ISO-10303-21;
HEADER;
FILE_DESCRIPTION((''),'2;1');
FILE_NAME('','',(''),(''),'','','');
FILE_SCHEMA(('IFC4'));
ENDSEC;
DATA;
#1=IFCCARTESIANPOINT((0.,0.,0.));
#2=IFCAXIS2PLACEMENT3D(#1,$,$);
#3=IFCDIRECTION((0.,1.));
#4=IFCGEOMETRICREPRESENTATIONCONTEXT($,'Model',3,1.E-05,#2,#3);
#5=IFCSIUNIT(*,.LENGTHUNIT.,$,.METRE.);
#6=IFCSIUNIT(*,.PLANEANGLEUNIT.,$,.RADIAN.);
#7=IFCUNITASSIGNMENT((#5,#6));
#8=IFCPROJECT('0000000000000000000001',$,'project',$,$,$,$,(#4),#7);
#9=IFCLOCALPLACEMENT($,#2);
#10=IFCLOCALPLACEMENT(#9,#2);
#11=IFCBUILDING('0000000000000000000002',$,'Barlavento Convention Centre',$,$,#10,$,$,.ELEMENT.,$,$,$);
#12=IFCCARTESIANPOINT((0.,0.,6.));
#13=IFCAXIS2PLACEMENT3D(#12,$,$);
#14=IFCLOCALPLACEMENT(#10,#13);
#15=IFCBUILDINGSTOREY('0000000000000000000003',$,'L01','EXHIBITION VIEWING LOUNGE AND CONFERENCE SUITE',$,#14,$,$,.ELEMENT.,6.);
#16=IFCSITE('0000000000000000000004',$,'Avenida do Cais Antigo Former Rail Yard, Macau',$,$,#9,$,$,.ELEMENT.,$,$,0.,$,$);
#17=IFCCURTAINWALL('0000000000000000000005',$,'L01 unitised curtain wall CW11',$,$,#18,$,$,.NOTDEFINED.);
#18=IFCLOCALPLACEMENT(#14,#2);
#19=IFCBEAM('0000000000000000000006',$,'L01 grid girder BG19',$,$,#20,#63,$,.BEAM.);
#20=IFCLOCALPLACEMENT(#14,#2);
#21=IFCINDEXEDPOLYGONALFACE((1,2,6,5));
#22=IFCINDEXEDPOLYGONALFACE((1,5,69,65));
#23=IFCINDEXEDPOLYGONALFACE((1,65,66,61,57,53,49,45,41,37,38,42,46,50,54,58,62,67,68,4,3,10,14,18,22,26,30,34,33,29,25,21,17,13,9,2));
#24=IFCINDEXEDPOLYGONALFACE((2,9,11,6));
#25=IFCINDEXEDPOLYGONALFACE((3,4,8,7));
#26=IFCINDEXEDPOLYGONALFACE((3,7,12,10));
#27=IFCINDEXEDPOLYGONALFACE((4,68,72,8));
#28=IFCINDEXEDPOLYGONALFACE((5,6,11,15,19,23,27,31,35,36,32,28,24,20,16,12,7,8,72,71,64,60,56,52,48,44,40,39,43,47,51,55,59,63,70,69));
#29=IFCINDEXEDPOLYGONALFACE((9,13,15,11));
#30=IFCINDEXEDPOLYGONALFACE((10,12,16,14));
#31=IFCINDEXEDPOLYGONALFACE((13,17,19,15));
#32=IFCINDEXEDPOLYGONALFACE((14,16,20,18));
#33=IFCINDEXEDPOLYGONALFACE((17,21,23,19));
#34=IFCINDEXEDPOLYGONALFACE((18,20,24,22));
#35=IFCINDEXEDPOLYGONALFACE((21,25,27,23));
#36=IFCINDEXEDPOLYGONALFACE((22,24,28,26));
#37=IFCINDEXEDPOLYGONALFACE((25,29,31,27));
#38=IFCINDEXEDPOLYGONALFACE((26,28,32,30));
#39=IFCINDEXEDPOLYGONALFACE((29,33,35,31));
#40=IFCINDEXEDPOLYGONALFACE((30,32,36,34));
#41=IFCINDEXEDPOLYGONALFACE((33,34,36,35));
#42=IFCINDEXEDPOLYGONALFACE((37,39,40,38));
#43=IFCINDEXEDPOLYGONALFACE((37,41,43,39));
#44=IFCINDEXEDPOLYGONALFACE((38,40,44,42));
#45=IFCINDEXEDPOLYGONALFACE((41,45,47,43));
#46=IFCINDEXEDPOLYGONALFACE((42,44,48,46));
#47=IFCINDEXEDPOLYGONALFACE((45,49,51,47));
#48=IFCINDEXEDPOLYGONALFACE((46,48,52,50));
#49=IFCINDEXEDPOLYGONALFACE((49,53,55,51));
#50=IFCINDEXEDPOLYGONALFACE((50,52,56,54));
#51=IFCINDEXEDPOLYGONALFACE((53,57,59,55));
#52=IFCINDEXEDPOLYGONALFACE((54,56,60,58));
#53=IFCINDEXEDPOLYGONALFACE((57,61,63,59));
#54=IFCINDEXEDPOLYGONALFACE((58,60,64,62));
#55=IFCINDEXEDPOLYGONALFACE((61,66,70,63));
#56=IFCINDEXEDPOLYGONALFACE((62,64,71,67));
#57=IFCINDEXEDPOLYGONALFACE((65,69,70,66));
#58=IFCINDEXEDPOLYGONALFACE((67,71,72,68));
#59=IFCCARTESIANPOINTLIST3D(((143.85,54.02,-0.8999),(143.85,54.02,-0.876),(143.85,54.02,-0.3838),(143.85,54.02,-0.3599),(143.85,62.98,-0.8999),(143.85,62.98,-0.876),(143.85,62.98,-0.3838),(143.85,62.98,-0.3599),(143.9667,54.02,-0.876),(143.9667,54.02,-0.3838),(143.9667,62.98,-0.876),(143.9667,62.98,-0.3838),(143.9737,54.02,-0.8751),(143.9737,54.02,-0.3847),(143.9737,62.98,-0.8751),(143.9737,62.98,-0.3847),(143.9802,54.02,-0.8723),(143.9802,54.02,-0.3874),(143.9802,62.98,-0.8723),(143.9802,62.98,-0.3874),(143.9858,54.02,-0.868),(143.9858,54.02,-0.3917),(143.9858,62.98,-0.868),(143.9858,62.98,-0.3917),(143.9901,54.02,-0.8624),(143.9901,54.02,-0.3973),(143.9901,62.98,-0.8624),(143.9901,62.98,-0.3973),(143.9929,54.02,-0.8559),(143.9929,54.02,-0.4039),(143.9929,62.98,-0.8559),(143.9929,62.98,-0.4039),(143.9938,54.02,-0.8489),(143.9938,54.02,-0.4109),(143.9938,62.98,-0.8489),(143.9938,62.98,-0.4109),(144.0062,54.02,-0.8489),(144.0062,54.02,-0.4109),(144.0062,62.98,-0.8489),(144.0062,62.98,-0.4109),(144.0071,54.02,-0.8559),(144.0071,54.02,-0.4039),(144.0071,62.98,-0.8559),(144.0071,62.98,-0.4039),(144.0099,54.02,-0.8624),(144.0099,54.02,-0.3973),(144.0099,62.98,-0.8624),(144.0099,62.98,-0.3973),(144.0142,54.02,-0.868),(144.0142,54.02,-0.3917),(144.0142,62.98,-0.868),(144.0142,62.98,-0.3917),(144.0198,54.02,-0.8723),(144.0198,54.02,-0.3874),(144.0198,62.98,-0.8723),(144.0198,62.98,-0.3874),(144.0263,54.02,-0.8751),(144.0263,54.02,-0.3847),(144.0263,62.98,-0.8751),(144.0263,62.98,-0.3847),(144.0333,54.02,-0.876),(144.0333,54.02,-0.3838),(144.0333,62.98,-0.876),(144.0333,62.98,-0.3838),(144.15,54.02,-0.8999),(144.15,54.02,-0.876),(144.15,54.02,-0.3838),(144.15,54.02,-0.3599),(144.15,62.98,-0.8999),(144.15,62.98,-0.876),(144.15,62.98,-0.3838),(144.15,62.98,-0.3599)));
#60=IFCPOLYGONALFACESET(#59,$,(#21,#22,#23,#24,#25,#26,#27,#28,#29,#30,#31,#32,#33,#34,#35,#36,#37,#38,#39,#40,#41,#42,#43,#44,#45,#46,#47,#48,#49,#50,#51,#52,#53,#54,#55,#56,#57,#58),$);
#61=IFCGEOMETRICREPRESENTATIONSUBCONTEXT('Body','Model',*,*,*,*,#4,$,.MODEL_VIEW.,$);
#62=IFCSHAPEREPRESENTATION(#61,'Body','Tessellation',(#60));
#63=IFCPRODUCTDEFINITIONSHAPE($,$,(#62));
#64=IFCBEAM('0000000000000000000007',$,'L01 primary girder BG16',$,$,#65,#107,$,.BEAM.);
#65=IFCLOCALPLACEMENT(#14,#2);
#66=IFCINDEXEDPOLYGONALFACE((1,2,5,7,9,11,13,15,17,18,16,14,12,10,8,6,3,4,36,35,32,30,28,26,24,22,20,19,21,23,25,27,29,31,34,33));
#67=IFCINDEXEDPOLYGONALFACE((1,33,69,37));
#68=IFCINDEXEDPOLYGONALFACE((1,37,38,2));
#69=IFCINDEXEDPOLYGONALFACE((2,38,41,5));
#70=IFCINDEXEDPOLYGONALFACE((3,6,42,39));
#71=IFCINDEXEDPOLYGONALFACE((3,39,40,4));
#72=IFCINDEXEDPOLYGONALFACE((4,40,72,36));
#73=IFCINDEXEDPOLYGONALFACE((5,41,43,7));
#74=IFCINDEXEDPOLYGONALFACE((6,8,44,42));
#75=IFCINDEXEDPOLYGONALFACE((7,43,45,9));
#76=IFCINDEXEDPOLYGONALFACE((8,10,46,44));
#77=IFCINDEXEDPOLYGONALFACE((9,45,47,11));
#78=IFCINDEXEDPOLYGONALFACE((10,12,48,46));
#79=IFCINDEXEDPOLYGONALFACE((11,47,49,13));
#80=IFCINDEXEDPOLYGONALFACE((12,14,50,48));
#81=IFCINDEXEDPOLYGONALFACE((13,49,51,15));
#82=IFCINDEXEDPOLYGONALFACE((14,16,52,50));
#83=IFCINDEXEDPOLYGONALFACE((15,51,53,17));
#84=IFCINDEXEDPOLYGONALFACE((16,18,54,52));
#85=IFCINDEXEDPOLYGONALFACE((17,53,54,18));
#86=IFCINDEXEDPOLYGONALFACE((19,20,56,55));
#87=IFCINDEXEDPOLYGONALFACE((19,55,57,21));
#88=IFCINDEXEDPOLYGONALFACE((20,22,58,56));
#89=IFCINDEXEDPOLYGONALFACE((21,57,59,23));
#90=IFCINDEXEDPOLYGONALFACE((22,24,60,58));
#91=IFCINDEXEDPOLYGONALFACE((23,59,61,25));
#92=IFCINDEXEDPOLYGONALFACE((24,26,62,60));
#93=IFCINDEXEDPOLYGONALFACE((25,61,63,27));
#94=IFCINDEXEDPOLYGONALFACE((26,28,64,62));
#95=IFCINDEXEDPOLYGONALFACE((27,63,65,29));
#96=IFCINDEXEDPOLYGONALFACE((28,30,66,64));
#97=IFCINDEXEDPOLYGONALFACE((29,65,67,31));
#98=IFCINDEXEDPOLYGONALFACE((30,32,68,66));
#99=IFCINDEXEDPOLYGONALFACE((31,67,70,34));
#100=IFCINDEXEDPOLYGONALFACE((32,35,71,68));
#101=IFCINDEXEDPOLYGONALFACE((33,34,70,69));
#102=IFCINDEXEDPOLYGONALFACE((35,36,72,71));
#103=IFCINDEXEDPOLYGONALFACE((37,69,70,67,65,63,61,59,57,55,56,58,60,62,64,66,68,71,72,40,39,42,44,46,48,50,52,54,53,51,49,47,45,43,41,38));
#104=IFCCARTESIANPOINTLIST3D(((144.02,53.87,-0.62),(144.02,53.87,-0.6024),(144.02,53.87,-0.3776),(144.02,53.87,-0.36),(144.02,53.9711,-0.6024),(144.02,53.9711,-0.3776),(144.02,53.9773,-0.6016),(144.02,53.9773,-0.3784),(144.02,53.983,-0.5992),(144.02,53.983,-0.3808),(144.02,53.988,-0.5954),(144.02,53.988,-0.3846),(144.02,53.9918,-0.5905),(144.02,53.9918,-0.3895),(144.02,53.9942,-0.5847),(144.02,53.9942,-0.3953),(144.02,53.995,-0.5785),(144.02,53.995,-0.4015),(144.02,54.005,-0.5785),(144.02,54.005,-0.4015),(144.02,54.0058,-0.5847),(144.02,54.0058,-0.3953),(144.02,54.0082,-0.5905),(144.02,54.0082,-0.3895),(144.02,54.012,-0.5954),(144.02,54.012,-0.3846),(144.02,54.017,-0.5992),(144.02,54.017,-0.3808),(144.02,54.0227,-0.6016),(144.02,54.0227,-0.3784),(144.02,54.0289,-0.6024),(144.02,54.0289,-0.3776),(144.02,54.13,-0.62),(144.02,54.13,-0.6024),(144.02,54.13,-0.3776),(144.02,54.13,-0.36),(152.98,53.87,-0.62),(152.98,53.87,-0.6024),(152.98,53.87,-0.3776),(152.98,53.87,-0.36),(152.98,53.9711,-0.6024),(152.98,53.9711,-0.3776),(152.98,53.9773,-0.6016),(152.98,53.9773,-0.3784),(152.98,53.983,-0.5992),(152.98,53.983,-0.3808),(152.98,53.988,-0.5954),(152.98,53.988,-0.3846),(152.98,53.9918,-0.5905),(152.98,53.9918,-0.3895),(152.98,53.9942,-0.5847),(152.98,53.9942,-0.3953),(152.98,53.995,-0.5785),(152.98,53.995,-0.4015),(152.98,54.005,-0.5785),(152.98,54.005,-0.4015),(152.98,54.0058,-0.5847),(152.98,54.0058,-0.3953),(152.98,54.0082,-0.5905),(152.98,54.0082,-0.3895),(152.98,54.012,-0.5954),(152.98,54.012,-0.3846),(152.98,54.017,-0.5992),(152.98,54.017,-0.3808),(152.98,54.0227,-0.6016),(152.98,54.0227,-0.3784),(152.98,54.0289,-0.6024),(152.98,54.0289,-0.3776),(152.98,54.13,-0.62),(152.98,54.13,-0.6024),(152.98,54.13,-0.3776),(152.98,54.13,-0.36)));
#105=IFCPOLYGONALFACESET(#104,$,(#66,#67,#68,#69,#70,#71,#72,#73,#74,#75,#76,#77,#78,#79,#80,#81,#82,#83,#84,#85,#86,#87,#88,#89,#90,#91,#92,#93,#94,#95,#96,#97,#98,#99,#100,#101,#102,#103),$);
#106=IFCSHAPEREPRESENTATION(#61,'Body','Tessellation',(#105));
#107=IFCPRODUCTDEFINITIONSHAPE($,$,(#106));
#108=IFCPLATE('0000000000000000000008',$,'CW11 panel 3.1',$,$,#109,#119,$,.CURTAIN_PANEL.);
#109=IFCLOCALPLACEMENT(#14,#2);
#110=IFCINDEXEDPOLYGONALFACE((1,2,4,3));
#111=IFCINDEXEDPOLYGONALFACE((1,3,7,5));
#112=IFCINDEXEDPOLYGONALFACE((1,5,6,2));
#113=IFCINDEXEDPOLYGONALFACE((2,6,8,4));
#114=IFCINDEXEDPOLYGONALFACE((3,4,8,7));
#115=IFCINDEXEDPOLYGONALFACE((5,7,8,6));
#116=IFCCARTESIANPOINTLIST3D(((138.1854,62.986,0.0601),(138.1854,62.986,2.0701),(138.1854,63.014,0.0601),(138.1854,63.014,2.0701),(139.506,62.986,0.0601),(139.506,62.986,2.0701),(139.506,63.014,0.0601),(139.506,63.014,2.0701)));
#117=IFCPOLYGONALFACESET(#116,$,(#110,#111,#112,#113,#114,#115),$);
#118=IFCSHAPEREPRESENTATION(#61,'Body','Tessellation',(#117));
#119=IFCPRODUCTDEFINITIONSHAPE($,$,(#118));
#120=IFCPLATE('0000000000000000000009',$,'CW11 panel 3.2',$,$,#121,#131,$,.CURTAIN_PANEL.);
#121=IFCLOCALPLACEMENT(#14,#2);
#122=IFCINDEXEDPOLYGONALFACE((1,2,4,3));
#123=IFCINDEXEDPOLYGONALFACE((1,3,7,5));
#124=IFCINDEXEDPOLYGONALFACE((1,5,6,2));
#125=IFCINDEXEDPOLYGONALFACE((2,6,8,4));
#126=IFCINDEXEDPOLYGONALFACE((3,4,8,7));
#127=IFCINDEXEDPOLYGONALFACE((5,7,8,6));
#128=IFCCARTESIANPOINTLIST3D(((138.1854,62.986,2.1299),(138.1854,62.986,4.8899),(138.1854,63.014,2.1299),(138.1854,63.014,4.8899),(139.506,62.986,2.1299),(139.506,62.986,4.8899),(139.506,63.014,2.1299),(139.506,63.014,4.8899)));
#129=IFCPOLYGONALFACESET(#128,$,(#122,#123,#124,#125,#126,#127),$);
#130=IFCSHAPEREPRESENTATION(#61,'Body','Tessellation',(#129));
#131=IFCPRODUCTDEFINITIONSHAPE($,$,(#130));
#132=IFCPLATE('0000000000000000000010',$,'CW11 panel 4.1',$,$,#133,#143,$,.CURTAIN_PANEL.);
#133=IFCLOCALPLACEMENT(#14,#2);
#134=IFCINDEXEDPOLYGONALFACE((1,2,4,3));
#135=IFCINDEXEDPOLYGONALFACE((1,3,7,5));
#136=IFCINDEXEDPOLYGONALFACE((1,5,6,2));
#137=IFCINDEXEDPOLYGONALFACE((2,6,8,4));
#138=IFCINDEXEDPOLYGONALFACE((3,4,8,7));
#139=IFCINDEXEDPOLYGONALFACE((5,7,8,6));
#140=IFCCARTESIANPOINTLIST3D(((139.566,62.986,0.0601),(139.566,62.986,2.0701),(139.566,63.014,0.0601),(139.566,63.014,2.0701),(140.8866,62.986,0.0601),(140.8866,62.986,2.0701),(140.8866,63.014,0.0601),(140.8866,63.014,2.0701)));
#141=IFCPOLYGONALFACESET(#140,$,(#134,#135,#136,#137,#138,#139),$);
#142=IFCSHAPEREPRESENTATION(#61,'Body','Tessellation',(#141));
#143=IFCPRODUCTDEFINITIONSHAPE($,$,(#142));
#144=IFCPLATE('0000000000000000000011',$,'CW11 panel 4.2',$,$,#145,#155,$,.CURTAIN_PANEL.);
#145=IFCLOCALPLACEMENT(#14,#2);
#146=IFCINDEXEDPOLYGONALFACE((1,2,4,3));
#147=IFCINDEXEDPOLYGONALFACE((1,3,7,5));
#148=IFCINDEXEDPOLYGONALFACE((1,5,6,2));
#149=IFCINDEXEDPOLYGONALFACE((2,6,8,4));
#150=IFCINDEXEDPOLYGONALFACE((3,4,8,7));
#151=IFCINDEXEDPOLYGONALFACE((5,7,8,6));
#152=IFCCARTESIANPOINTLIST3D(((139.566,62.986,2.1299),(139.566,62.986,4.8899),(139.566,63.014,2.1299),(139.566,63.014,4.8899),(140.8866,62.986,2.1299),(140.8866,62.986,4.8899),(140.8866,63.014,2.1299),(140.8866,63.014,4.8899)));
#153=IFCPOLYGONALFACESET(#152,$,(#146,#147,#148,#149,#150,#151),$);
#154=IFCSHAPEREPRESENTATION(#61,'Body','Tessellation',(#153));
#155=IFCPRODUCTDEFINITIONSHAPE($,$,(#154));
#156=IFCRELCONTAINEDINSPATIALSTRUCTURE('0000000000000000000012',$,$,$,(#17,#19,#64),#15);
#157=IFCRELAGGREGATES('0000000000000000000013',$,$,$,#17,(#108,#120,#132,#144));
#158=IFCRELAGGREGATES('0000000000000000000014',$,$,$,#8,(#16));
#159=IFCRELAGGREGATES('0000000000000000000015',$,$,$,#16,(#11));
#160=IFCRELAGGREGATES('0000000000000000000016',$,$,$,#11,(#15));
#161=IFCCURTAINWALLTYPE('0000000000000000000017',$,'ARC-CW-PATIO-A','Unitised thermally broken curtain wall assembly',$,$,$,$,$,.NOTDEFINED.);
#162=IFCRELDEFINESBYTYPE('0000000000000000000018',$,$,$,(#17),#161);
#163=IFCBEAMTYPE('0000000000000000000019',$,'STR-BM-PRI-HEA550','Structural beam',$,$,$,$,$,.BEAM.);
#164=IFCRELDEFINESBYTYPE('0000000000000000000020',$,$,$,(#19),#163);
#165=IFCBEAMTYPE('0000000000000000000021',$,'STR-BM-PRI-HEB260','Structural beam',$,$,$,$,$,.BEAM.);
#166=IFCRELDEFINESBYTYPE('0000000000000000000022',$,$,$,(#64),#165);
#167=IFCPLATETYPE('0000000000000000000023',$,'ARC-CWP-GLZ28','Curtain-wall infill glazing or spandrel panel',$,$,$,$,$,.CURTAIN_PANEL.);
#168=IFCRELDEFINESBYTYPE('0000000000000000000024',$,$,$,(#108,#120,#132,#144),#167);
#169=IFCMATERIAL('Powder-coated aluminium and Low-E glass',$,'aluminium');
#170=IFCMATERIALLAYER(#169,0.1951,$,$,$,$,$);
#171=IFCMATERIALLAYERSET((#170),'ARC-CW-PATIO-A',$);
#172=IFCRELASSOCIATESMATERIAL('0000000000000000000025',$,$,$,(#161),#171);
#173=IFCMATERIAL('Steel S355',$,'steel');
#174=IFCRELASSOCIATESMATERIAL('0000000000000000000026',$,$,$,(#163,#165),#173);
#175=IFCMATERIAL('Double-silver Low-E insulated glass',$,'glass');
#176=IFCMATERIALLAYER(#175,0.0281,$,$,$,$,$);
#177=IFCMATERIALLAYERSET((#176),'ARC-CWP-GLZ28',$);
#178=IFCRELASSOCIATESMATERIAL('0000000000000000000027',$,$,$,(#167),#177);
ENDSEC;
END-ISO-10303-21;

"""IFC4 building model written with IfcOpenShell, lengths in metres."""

from ifc_helpers import new_model, si_unit, direction, frame, origin, origin_2d, place, context, subcontext, project, spatial, rectangle, i_section, extrude, material, layer, layer_set, material_profile, profile_set, type_object, element, aggregate, save


model = new_model("IFC4")

# Units and contexts
model_context = context("Model", 3, precision=1e-05, world=origin(), true_north=direction((0.0, 1.0)))
body_context = subcontext(model_context, "Body", "Model", "MODEL_VIEW")
ifc_project = project(units=[si_unit("LENGTHUNIT", "METRE"), si_unit("PLANEANGLEUNIT", "RADIAN")], contexts=[model_context])

# Site, building, storey
site_placement = place(None, origin())
site = spatial("IfcSite", under=ifc_project, at=site_placement, Name="Avenida do Cais Antigo Former Rail Yard, Macau", CompositionType="ELEMENT", RefElevation=0.0)
building_placement = place(site_placement, origin())
building = spatial("IfcBuilding", under=site, at=building_placement, Name="Barlavento Convention Centre", CompositionType="ELEMENT")
storey_placement = place(building_placement, frame((0.0, 0.0, 6.0)))
storey = spatial("IfcBuildingStorey", under=building, at=storey_placement, Name="L01", Description="EXHIBITION VIEWING LOUNGE AND CONFERENCE SUITE", CompositionType="ELEMENT", Elevation=6.0)

# Curtain wall
ifc_material_1 = material(Name="Powder-coated aluminium and Low-E glass", Category="aluminium")
ifc_layer_1 = layer(ifc_material_1, 0.1951)
ifc_layer_set_1 = layer_set([ifc_layer_1], Name="ARC-CW-PATIO-A")
curtain_wall_type = type_object("IfcCurtainWallType", Name="ARC-CW-PATIO-A", Description="Unitised thermally broken curtain wall assembly", PredefinedType="NOTDEFINED", material=ifc_layer_set_1)
curtain_wall_placement = place(storey_placement, origin())
curtain_wall = element("IfcCurtainWall", 1, at=curtain_wall_placement, inside=storey, type_object=curtain_wall_type, Name="L01 unitised curtain wall CW11", PredefinedType="NOTDEFINED")

# Beams
ifc_material_2 = material(Name="Steel S355", Category="steel")
ifc_material_profile_1 = material_profile(ifc_material_2, i_section(OverallWidth=0.3, OverallDepth=0.54, WebThickness=0.0125, FlangeThickness=0.0239, FilletRadius=0.0271, at=origin_2d()), Name="HEA 550")
ifc_profile_set_1 = profile_set([ifc_material_profile_1], Name="Steel S355")
beam_type_1 = type_object("IfcBeamType", Name="STR-BM-PRI-HEA550", Description="Structural beam", PredefinedType="BEAM", material=ifc_profile_set_1)
for number, where, z_axis, x_axis, name in (
    (2, (144.0, 54.02, -0.6299), (0.0, 1.0, 0.0), (-1.0, 0.0, 0.0), "L01 grid girder BG19"),
):
    element("IfcBeam", number, at=place(storey_placement, frame(where, z_axis=z_axis, x_axis=x_axis)), inside=storey, type_object=beam_type_1, Name=name, PredefinedType="BEAM", context=body_context, shape_type="SweptSolid", body=[
        extrude(i_section(OverallWidth=0.3, OverallDepth=0.54, WebThickness=0.0125, FlangeThickness=0.0239, FilletRadius=0.0271, at=origin_2d()), origin(), (0.0, 0.0, 1.0), 8.96),
    ])
ifc_material_profile_2 = material_profile(ifc_material_2, i_section(OverallWidth=0.26, OverallDepth=0.26, WebThickness=0.01, FlangeThickness=0.0176, FilletRadius=0.0239, at=origin_2d()), Name="HEB 260")
ifc_profile_set_2 = profile_set([ifc_material_profile_2], Name="Steel S355")
beam_type_2 = type_object("IfcBeamType", Name="STR-BM-PRI-HEB260", Description="Structural beam", PredefinedType="BEAM", material=ifc_profile_set_2)
beam_1_placement = place(storey_placement, frame((144.02, 54.0, -0.49), z_axis=(1.0, 0.0, 0.0), x_axis=(0.0, 1.0, 0.0)))
element("IfcBeam", 3, at=beam_1_placement, inside=storey, type_object=beam_type_2, Name="L01 primary girder BG16", PredefinedType="BEAM", context=body_context, shape_type="SweptSolid", body=[
    extrude(i_section(OverallWidth=0.26, OverallDepth=0.26, WebThickness=0.01, FlangeThickness=0.0176, FilletRadius=0.0239, at=origin_2d()), origin(), (0.0, 0.0, 1.0), 8.96),
])

# Plates
ifc_material_3 = material(Name="Double-silver Low-E insulated glass", Category="glass")
ifc_layer_2 = layer(ifc_material_3, 0.0281)
ifc_layer_set_2 = layer_set([ifc_layer_2], Name="ARC-CWP-GLZ28")
plate_type = type_object("IfcPlateType", Name="ARC-CWP-GLZ28", Description="Curtain-wall infill glazing or spandrel panel", PredefinedType="CURTAIN_PANEL", material=ifc_layer_set_2)
plate_1_placement = place(storey_placement, frame((138.8457, 63.0, 0.0601), z_axis=(0.0, 0.0, 1.0), x_axis=(1.0, 0.0, 0.0)))
plate_1 = element("IfcPlate", 4, at=plate_1_placement, type_object=plate_type, Name="CW11 panel 3.1", PredefinedType="CURTAIN_PANEL", context=body_context, shape_type="SweptSolid", body=[
    extrude(rectangle(XDim=1.3206, YDim=0.0281, at=origin_2d()), origin(), (0.0, 0.0, 1.0), 2.01),
])
plate_2_placement = place(storey_placement, frame((138.8457, 63.0, 2.1299), z_axis=(0.0, 0.0, 1.0), x_axis=(1.0, 0.0, 0.0)))
plate_2 = element("IfcPlate", 5, at=plate_2_placement, type_object=plate_type, Name="CW11 panel 3.2", PredefinedType="CURTAIN_PANEL", context=body_context, shape_type="SweptSolid", body=[
    extrude(rectangle(XDim=1.3206, YDim=0.0281, at=origin_2d()), origin(), (0.0, 0.0, 1.0), 2.76),
])
plate_3_placement = place(storey_placement, frame((140.2263, 63.0, 0.0601), z_axis=(0.0, 0.0, 1.0), x_axis=(1.0, 0.0, 0.0)))
plate_3 = element("IfcPlate", 6, at=plate_3_placement, type_object=plate_type, Name="CW11 panel 4.1", PredefinedType="CURTAIN_PANEL", context=body_context, shape_type="SweptSolid", body=[
    extrude(rectangle(XDim=1.3206, YDim=0.0281, at=origin_2d()), origin(), (0.0, 0.0, 1.0), 2.01),
])
plate_4_placement = place(storey_placement, frame((140.2263, 63.0, 2.1299), z_axis=(0.0, 0.0, 1.0), x_axis=(1.0, 0.0, 0.0)))
plate_4 = element("IfcPlate", 7, at=plate_4_placement, type_object=plate_type, Name="CW11 panel 4.2", PredefinedType="CURTAIN_PANEL", context=body_context, shape_type="SweptSolid", body=[
    extrude(rectangle(XDim=1.3206, YDim=0.0281, at=origin_2d()), origin(), (0.0, 0.0, 1.0), 2.76),
])
aggregate(curtain_wall, [plate_1, plate_2, plate_3, plate_4])

save(model, "model.ifc")
